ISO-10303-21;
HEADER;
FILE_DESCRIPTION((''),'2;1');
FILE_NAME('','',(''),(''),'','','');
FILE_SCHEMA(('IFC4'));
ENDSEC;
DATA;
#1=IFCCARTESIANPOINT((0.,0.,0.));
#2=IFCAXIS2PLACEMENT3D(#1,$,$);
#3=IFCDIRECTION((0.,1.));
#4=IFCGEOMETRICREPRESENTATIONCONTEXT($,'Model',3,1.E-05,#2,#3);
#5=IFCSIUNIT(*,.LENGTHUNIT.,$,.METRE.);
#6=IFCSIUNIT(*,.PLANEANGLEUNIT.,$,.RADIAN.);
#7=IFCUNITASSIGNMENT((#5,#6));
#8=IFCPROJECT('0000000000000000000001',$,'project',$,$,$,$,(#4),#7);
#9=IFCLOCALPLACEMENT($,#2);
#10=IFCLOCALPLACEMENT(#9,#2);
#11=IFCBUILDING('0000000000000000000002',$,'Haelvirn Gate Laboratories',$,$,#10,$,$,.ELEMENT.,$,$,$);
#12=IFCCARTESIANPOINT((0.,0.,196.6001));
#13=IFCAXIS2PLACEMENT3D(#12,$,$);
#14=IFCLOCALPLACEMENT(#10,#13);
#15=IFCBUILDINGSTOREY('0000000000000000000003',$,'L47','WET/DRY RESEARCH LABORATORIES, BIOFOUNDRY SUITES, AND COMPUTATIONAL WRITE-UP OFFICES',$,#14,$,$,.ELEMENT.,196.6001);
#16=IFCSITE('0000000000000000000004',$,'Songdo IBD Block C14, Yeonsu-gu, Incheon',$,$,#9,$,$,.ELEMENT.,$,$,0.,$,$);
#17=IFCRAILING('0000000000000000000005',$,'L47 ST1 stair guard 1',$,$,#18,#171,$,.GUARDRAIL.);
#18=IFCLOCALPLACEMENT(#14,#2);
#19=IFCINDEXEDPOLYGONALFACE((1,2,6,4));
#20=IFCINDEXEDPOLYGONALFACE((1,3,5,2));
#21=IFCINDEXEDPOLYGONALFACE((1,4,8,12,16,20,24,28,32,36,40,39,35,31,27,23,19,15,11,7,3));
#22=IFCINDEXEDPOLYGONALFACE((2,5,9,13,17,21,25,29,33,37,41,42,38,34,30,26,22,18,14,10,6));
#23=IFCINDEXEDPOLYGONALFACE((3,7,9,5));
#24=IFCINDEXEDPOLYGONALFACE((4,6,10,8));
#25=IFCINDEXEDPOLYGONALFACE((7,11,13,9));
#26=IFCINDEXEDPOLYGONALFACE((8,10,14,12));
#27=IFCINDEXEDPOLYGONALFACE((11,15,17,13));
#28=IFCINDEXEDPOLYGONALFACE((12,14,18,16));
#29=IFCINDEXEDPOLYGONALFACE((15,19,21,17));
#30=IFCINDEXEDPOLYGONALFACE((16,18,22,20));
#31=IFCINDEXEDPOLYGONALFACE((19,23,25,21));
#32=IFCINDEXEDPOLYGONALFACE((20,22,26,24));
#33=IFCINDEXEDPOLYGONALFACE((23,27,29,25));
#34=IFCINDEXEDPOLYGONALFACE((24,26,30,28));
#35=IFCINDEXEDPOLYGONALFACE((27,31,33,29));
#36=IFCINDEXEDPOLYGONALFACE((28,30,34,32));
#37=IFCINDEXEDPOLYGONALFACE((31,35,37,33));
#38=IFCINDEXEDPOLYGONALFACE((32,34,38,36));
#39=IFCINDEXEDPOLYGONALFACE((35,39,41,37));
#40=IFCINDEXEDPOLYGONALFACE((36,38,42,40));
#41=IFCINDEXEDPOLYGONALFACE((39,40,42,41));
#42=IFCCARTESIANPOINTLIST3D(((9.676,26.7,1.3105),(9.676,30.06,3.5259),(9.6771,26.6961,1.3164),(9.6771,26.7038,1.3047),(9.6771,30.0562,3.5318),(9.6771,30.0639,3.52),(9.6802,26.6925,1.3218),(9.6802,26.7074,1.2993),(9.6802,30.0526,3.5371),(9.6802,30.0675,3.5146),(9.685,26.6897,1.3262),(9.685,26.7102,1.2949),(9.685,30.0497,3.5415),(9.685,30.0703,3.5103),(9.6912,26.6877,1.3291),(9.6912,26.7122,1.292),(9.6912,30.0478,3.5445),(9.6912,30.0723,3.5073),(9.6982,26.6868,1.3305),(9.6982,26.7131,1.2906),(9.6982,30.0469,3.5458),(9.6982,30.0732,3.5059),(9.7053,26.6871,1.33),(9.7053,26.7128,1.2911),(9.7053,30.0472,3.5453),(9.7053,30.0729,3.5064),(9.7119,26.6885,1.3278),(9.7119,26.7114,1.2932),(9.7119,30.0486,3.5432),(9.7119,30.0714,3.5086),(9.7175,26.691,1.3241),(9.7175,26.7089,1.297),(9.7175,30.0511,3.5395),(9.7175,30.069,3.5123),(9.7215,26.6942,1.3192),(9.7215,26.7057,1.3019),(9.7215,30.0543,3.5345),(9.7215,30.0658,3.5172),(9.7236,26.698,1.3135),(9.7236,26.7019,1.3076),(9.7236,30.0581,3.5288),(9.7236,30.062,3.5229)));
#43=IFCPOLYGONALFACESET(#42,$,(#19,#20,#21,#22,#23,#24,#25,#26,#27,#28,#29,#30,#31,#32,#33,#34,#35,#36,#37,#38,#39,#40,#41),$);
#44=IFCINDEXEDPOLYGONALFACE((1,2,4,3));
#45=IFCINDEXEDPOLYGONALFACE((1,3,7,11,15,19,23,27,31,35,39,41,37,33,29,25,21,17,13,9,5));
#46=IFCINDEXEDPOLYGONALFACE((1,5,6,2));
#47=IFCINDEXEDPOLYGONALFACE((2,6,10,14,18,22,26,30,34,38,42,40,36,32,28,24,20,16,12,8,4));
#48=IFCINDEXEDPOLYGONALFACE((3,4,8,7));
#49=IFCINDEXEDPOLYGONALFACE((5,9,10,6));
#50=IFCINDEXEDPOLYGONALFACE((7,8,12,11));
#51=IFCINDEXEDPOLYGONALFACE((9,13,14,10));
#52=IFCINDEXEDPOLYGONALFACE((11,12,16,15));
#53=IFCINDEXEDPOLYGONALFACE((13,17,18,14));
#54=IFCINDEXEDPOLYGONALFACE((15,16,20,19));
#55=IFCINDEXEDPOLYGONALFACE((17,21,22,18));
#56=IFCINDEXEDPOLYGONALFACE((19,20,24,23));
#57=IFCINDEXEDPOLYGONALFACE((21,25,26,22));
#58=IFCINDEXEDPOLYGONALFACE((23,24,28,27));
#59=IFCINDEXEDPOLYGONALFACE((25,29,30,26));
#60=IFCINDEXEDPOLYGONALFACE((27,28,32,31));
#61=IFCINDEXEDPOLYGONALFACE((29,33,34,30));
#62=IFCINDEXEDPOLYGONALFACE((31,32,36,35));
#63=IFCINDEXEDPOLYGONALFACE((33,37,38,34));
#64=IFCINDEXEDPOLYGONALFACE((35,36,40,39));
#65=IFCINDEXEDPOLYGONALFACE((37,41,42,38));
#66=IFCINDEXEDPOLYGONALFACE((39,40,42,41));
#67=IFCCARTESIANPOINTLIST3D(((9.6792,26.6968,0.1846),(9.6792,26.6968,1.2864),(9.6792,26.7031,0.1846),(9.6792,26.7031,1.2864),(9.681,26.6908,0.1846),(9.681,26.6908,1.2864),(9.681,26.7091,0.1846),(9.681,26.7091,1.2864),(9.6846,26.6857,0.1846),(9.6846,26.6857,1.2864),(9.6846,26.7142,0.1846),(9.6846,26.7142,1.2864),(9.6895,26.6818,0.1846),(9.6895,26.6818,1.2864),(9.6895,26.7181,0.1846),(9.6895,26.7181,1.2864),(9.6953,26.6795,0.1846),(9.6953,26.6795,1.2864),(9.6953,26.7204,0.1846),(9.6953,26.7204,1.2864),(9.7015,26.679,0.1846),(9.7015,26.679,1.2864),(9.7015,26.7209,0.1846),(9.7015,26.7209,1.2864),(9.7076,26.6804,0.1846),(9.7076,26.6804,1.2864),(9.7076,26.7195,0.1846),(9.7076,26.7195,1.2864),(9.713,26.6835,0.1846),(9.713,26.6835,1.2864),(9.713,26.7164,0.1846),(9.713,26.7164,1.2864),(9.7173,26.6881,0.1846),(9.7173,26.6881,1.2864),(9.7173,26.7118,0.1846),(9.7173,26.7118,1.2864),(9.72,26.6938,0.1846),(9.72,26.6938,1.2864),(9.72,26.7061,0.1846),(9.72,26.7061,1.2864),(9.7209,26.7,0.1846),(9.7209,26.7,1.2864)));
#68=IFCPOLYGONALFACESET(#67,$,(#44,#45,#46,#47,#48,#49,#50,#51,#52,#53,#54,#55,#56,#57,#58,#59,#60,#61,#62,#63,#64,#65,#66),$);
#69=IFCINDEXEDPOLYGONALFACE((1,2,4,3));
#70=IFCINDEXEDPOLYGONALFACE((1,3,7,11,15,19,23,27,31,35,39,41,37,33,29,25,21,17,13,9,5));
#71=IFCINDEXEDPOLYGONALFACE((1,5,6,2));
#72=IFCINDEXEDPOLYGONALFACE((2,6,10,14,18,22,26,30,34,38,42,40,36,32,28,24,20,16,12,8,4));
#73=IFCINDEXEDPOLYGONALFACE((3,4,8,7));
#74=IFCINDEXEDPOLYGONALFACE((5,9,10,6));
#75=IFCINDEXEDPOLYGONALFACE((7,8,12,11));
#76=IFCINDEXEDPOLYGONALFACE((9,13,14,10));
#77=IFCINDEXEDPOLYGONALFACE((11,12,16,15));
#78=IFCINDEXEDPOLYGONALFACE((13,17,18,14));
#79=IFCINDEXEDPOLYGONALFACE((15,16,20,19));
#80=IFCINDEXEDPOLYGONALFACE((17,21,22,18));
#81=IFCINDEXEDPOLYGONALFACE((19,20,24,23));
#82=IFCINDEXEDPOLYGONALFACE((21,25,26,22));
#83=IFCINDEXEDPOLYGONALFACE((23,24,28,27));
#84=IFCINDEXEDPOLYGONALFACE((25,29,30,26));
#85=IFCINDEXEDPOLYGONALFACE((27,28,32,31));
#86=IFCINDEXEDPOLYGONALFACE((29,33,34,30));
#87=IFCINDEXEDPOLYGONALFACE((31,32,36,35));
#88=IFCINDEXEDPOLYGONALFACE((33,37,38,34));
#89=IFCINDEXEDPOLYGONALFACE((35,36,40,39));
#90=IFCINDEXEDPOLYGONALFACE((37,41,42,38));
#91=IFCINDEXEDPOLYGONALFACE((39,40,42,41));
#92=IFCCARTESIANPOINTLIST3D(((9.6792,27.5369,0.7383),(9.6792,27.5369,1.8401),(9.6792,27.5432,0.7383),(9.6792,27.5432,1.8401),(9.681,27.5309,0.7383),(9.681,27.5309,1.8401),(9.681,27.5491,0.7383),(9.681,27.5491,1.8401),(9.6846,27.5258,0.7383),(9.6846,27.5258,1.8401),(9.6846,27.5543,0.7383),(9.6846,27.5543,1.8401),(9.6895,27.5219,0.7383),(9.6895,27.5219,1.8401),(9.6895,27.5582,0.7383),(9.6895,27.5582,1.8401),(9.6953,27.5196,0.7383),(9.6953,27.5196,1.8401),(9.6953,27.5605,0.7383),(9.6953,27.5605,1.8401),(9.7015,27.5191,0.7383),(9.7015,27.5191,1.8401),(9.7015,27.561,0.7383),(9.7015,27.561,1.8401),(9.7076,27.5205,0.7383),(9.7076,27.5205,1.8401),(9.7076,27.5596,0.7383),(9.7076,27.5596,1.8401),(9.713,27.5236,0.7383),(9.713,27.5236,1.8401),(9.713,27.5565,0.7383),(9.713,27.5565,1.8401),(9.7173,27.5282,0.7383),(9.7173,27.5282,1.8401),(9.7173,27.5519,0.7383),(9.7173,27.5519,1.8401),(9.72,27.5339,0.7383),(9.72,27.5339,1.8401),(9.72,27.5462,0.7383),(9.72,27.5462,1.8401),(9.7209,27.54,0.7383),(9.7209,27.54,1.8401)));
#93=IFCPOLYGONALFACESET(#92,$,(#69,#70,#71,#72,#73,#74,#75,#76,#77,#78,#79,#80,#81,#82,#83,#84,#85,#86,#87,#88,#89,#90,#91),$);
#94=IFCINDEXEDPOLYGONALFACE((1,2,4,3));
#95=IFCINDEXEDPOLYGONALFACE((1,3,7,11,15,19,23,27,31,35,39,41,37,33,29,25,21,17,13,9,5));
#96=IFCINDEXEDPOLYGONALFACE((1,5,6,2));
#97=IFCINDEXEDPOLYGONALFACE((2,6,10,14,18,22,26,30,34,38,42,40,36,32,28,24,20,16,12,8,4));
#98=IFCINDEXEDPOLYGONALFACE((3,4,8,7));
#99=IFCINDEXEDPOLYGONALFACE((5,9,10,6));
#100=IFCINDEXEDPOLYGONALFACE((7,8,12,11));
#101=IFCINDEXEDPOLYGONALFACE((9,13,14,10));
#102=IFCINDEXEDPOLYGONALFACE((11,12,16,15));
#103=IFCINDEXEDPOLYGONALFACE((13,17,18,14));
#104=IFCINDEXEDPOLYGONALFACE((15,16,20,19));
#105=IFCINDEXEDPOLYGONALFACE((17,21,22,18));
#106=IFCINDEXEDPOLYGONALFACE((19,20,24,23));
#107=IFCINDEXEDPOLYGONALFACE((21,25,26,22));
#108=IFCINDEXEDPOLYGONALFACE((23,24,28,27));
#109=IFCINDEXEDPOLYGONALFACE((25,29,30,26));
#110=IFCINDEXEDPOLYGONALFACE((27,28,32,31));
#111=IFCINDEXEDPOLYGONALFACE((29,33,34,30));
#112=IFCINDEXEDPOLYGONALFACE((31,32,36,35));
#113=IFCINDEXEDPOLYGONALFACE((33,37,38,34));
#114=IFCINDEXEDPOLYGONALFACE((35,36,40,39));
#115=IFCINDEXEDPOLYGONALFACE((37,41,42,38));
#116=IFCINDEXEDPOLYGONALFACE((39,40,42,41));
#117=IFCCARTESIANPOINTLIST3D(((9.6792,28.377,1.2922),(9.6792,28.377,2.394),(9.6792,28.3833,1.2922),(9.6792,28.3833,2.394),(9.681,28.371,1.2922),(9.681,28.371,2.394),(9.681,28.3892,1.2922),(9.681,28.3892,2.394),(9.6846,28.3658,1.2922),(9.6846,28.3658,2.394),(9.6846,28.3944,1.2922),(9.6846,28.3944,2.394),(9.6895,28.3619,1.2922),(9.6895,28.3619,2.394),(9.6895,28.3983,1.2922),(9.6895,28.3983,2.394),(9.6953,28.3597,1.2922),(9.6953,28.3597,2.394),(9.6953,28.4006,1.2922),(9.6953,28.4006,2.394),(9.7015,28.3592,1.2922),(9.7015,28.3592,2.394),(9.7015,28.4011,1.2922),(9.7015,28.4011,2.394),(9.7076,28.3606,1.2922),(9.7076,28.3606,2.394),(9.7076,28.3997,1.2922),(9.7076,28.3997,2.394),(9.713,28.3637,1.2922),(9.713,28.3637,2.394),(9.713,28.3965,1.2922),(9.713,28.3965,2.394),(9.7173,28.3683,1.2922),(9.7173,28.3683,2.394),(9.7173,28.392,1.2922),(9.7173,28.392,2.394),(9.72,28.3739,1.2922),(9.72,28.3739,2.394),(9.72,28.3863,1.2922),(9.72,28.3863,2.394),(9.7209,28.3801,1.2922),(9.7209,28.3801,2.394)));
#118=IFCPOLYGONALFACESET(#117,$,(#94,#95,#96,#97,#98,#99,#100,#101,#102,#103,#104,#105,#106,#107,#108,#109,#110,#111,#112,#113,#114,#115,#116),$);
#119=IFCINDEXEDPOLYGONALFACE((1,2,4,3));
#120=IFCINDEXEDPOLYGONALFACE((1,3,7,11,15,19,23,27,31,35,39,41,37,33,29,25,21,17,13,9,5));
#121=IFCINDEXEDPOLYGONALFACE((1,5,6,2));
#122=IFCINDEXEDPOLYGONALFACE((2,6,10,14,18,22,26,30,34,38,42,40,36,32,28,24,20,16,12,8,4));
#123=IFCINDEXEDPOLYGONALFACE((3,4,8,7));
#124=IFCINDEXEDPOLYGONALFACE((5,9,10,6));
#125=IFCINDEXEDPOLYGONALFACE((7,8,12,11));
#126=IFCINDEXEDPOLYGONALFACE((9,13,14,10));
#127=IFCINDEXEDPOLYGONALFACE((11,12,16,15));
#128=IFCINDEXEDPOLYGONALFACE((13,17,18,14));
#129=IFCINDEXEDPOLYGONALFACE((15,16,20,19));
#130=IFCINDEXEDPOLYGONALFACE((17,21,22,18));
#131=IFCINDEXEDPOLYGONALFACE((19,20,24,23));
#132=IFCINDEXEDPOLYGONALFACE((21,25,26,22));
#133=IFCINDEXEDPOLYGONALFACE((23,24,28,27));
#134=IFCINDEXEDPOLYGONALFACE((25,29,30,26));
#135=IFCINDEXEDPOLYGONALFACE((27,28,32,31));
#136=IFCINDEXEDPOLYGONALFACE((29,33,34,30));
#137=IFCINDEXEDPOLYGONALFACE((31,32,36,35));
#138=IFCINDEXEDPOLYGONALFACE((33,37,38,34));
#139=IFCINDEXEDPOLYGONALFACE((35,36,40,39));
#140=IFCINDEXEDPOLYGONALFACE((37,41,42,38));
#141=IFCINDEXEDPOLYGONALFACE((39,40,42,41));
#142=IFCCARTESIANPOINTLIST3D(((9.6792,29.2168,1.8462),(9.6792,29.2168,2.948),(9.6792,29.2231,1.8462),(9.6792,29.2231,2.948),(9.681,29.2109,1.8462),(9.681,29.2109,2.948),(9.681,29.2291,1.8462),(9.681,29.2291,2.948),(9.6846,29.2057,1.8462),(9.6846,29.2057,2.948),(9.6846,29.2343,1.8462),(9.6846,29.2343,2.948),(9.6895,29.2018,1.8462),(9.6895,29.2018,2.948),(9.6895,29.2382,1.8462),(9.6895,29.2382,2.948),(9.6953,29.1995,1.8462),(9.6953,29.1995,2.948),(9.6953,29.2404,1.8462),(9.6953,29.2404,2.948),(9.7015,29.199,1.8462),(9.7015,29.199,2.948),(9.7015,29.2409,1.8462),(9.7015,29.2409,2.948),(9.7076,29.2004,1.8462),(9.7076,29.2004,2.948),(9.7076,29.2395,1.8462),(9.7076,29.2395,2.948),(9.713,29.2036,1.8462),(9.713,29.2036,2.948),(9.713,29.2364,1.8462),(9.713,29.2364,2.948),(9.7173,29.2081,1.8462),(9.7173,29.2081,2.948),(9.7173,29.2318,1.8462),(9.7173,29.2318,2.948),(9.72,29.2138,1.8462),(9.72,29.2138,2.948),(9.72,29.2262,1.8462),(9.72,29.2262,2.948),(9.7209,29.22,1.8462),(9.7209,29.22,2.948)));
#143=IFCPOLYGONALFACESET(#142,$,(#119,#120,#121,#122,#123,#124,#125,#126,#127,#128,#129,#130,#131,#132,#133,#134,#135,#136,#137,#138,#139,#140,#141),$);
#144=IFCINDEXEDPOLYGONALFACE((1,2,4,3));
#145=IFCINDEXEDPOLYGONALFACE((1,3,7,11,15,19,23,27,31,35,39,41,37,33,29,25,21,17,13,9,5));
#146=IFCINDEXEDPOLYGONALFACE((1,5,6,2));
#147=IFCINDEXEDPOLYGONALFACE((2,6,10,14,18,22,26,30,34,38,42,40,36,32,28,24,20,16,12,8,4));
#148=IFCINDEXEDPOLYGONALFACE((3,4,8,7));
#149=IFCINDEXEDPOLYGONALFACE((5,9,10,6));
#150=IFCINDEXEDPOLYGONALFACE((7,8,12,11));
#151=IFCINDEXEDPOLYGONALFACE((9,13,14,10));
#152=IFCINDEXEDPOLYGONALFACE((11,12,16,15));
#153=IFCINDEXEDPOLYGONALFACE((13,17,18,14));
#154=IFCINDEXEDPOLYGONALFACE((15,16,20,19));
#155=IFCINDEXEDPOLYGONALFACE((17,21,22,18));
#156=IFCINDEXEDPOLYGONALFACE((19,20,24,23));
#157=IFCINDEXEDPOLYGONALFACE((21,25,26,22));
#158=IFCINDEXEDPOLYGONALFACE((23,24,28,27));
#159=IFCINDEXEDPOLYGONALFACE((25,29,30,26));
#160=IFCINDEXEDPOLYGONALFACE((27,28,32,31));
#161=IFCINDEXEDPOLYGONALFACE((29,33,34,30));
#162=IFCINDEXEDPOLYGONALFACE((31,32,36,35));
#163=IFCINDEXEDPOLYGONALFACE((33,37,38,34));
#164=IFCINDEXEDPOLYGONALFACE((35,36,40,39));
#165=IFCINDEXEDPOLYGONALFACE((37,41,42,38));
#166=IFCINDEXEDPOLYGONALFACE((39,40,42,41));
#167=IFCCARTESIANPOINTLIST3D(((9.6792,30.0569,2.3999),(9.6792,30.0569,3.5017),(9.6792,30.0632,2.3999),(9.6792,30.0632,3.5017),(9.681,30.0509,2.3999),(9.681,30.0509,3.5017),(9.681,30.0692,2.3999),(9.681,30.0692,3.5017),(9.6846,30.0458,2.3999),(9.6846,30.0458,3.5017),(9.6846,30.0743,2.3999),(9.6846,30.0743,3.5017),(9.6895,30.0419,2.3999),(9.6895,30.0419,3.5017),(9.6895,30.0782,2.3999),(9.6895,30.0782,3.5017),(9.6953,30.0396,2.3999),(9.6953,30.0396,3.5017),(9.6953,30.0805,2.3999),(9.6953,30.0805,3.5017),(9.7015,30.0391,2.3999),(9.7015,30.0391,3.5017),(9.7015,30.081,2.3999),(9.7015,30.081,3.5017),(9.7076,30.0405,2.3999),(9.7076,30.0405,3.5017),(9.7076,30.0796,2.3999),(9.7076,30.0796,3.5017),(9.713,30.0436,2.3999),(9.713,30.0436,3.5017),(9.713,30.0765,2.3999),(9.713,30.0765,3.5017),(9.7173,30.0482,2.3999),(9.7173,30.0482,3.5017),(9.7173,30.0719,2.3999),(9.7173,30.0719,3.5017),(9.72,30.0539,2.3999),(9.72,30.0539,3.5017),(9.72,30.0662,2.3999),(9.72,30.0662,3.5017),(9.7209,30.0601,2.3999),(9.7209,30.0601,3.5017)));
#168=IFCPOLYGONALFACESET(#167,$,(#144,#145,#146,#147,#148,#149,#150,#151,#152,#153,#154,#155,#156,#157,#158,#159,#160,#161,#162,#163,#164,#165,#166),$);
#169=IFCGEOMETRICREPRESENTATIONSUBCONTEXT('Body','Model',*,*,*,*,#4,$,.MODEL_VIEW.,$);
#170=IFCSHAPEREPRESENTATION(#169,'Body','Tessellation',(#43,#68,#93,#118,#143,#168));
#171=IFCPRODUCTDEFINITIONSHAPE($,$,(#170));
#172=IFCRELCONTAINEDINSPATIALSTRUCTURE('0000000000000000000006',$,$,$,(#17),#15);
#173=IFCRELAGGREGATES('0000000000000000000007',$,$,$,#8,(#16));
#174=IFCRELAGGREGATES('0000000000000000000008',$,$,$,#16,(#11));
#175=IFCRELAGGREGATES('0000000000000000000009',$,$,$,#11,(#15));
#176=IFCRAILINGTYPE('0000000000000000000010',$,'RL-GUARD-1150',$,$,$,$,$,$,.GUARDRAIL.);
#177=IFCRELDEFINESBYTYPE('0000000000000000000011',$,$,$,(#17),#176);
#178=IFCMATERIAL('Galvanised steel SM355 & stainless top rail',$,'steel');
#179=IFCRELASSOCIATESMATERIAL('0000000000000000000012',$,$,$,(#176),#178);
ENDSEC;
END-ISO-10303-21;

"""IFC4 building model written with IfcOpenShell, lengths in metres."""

from ifc_helpers import new_model, si_unit, direction, frame, origin, origin_2d, place, context, subcontext, project, spatial, circle, extrude, source, transform, mapped, material, type_object, element, save


model = new_model("IFC4")

# Units and contexts
model_context = context("Model", 3, precision=1e-05, world=origin(), true_north=direction((0.0, 1.0)))
body_context = subcontext(model_context, "Body", "Model", "MODEL_VIEW")
ifc_project = project(units=[si_unit("LENGTHUNIT", "METRE"), si_unit("PLANEANGLEUNIT", "RADIAN")], contexts=[model_context])

# Site, building, storey
site_placement = place(None, origin())
site = spatial("IfcSite", under=ifc_project, at=site_placement, Name="Songdo IBD Block C14, Yeonsu-gu, Incheon", CompositionType="ELEMENT", RefElevation=0.0)
building_placement = place(site_placement, origin())
building = spatial("IfcBuilding", under=site, at=building_placement, Name="Haelvirn Gate Laboratories", CompositionType="ELEMENT")
storey_placement = place(building_placement, frame((0.0, 0.0, 196.6001)))
storey = spatial("IfcBuildingStorey", under=building, at=storey_placement, Name="L47", Description="WET/DRY RESEARCH LABORATORIES, BIOFOUNDRY SUITES, AND COMPUTATIONAL WRITE-UP OFFICES", CompositionType="ELEMENT", Elevation=196.6001)

# Railing
ifc_material_1 = material(Name="Galvanised steel SM355 & stainless top rail", Category="steel")
railing_type_1 = type_object("IfcRailingType", Name="RL-GUARD-1150", PredefinedType="GUARDRAIL", material=ifc_material_1)
shared_shape_1 = source(origin(), body_context, "Body", "SweptSolid", [
    extrude(circle(Radius=0.0239, at=origin_2d()), frame((0.0, 0.0, 1.126), z_axis=(0.0, 0.834876, 0.550437), x_axis=(-1.0, 0.0, 0.0)), (0.0, 0.0, 1.0), 4.0247),
    extrude(circle(Radius=0.021, at=origin_2d()), origin(), (0.0, 0.0, 1.0), 1.1018),
    extrude(circle(Radius=0.021, at=origin_2d()), frame((0.0, 0.8401, 0.5537)), (0.0, 0.0, 1.0), 1.1018),
    extrude(circle(Radius=0.021, at=origin_2d()), frame((0.0, 1.6802, 1.1077)), (0.0, 0.0, 1.0), 1.1018),
    extrude(circle(Radius=0.021, at=origin_2d()), frame((0.0, 2.52, 1.6616)), (0.0, 0.0, 1.0), 1.1018),
    extrude(circle(Radius=0.021, at=origin_2d()), frame((0.0, 3.3601, 2.2153)), (0.0, 0.0, 1.0), 1.1018),
])
railing_1_placement = place(storey_placement, frame((9.7, 26.7, 0.1846)))
element("IfcRailing", 1, at=railing_1_placement, inside=storey, type_object=railing_type_1, Name="L47 ST1 stair guard 1", PredefinedType="GUARDRAIL", context=body_context, shape_type="MappedRepresentation", body=[
    mapped(shared_shape_1, transform((0.0, 0.0, 0.0), scale=1.0)),
])

save(model, "model.ifc")
